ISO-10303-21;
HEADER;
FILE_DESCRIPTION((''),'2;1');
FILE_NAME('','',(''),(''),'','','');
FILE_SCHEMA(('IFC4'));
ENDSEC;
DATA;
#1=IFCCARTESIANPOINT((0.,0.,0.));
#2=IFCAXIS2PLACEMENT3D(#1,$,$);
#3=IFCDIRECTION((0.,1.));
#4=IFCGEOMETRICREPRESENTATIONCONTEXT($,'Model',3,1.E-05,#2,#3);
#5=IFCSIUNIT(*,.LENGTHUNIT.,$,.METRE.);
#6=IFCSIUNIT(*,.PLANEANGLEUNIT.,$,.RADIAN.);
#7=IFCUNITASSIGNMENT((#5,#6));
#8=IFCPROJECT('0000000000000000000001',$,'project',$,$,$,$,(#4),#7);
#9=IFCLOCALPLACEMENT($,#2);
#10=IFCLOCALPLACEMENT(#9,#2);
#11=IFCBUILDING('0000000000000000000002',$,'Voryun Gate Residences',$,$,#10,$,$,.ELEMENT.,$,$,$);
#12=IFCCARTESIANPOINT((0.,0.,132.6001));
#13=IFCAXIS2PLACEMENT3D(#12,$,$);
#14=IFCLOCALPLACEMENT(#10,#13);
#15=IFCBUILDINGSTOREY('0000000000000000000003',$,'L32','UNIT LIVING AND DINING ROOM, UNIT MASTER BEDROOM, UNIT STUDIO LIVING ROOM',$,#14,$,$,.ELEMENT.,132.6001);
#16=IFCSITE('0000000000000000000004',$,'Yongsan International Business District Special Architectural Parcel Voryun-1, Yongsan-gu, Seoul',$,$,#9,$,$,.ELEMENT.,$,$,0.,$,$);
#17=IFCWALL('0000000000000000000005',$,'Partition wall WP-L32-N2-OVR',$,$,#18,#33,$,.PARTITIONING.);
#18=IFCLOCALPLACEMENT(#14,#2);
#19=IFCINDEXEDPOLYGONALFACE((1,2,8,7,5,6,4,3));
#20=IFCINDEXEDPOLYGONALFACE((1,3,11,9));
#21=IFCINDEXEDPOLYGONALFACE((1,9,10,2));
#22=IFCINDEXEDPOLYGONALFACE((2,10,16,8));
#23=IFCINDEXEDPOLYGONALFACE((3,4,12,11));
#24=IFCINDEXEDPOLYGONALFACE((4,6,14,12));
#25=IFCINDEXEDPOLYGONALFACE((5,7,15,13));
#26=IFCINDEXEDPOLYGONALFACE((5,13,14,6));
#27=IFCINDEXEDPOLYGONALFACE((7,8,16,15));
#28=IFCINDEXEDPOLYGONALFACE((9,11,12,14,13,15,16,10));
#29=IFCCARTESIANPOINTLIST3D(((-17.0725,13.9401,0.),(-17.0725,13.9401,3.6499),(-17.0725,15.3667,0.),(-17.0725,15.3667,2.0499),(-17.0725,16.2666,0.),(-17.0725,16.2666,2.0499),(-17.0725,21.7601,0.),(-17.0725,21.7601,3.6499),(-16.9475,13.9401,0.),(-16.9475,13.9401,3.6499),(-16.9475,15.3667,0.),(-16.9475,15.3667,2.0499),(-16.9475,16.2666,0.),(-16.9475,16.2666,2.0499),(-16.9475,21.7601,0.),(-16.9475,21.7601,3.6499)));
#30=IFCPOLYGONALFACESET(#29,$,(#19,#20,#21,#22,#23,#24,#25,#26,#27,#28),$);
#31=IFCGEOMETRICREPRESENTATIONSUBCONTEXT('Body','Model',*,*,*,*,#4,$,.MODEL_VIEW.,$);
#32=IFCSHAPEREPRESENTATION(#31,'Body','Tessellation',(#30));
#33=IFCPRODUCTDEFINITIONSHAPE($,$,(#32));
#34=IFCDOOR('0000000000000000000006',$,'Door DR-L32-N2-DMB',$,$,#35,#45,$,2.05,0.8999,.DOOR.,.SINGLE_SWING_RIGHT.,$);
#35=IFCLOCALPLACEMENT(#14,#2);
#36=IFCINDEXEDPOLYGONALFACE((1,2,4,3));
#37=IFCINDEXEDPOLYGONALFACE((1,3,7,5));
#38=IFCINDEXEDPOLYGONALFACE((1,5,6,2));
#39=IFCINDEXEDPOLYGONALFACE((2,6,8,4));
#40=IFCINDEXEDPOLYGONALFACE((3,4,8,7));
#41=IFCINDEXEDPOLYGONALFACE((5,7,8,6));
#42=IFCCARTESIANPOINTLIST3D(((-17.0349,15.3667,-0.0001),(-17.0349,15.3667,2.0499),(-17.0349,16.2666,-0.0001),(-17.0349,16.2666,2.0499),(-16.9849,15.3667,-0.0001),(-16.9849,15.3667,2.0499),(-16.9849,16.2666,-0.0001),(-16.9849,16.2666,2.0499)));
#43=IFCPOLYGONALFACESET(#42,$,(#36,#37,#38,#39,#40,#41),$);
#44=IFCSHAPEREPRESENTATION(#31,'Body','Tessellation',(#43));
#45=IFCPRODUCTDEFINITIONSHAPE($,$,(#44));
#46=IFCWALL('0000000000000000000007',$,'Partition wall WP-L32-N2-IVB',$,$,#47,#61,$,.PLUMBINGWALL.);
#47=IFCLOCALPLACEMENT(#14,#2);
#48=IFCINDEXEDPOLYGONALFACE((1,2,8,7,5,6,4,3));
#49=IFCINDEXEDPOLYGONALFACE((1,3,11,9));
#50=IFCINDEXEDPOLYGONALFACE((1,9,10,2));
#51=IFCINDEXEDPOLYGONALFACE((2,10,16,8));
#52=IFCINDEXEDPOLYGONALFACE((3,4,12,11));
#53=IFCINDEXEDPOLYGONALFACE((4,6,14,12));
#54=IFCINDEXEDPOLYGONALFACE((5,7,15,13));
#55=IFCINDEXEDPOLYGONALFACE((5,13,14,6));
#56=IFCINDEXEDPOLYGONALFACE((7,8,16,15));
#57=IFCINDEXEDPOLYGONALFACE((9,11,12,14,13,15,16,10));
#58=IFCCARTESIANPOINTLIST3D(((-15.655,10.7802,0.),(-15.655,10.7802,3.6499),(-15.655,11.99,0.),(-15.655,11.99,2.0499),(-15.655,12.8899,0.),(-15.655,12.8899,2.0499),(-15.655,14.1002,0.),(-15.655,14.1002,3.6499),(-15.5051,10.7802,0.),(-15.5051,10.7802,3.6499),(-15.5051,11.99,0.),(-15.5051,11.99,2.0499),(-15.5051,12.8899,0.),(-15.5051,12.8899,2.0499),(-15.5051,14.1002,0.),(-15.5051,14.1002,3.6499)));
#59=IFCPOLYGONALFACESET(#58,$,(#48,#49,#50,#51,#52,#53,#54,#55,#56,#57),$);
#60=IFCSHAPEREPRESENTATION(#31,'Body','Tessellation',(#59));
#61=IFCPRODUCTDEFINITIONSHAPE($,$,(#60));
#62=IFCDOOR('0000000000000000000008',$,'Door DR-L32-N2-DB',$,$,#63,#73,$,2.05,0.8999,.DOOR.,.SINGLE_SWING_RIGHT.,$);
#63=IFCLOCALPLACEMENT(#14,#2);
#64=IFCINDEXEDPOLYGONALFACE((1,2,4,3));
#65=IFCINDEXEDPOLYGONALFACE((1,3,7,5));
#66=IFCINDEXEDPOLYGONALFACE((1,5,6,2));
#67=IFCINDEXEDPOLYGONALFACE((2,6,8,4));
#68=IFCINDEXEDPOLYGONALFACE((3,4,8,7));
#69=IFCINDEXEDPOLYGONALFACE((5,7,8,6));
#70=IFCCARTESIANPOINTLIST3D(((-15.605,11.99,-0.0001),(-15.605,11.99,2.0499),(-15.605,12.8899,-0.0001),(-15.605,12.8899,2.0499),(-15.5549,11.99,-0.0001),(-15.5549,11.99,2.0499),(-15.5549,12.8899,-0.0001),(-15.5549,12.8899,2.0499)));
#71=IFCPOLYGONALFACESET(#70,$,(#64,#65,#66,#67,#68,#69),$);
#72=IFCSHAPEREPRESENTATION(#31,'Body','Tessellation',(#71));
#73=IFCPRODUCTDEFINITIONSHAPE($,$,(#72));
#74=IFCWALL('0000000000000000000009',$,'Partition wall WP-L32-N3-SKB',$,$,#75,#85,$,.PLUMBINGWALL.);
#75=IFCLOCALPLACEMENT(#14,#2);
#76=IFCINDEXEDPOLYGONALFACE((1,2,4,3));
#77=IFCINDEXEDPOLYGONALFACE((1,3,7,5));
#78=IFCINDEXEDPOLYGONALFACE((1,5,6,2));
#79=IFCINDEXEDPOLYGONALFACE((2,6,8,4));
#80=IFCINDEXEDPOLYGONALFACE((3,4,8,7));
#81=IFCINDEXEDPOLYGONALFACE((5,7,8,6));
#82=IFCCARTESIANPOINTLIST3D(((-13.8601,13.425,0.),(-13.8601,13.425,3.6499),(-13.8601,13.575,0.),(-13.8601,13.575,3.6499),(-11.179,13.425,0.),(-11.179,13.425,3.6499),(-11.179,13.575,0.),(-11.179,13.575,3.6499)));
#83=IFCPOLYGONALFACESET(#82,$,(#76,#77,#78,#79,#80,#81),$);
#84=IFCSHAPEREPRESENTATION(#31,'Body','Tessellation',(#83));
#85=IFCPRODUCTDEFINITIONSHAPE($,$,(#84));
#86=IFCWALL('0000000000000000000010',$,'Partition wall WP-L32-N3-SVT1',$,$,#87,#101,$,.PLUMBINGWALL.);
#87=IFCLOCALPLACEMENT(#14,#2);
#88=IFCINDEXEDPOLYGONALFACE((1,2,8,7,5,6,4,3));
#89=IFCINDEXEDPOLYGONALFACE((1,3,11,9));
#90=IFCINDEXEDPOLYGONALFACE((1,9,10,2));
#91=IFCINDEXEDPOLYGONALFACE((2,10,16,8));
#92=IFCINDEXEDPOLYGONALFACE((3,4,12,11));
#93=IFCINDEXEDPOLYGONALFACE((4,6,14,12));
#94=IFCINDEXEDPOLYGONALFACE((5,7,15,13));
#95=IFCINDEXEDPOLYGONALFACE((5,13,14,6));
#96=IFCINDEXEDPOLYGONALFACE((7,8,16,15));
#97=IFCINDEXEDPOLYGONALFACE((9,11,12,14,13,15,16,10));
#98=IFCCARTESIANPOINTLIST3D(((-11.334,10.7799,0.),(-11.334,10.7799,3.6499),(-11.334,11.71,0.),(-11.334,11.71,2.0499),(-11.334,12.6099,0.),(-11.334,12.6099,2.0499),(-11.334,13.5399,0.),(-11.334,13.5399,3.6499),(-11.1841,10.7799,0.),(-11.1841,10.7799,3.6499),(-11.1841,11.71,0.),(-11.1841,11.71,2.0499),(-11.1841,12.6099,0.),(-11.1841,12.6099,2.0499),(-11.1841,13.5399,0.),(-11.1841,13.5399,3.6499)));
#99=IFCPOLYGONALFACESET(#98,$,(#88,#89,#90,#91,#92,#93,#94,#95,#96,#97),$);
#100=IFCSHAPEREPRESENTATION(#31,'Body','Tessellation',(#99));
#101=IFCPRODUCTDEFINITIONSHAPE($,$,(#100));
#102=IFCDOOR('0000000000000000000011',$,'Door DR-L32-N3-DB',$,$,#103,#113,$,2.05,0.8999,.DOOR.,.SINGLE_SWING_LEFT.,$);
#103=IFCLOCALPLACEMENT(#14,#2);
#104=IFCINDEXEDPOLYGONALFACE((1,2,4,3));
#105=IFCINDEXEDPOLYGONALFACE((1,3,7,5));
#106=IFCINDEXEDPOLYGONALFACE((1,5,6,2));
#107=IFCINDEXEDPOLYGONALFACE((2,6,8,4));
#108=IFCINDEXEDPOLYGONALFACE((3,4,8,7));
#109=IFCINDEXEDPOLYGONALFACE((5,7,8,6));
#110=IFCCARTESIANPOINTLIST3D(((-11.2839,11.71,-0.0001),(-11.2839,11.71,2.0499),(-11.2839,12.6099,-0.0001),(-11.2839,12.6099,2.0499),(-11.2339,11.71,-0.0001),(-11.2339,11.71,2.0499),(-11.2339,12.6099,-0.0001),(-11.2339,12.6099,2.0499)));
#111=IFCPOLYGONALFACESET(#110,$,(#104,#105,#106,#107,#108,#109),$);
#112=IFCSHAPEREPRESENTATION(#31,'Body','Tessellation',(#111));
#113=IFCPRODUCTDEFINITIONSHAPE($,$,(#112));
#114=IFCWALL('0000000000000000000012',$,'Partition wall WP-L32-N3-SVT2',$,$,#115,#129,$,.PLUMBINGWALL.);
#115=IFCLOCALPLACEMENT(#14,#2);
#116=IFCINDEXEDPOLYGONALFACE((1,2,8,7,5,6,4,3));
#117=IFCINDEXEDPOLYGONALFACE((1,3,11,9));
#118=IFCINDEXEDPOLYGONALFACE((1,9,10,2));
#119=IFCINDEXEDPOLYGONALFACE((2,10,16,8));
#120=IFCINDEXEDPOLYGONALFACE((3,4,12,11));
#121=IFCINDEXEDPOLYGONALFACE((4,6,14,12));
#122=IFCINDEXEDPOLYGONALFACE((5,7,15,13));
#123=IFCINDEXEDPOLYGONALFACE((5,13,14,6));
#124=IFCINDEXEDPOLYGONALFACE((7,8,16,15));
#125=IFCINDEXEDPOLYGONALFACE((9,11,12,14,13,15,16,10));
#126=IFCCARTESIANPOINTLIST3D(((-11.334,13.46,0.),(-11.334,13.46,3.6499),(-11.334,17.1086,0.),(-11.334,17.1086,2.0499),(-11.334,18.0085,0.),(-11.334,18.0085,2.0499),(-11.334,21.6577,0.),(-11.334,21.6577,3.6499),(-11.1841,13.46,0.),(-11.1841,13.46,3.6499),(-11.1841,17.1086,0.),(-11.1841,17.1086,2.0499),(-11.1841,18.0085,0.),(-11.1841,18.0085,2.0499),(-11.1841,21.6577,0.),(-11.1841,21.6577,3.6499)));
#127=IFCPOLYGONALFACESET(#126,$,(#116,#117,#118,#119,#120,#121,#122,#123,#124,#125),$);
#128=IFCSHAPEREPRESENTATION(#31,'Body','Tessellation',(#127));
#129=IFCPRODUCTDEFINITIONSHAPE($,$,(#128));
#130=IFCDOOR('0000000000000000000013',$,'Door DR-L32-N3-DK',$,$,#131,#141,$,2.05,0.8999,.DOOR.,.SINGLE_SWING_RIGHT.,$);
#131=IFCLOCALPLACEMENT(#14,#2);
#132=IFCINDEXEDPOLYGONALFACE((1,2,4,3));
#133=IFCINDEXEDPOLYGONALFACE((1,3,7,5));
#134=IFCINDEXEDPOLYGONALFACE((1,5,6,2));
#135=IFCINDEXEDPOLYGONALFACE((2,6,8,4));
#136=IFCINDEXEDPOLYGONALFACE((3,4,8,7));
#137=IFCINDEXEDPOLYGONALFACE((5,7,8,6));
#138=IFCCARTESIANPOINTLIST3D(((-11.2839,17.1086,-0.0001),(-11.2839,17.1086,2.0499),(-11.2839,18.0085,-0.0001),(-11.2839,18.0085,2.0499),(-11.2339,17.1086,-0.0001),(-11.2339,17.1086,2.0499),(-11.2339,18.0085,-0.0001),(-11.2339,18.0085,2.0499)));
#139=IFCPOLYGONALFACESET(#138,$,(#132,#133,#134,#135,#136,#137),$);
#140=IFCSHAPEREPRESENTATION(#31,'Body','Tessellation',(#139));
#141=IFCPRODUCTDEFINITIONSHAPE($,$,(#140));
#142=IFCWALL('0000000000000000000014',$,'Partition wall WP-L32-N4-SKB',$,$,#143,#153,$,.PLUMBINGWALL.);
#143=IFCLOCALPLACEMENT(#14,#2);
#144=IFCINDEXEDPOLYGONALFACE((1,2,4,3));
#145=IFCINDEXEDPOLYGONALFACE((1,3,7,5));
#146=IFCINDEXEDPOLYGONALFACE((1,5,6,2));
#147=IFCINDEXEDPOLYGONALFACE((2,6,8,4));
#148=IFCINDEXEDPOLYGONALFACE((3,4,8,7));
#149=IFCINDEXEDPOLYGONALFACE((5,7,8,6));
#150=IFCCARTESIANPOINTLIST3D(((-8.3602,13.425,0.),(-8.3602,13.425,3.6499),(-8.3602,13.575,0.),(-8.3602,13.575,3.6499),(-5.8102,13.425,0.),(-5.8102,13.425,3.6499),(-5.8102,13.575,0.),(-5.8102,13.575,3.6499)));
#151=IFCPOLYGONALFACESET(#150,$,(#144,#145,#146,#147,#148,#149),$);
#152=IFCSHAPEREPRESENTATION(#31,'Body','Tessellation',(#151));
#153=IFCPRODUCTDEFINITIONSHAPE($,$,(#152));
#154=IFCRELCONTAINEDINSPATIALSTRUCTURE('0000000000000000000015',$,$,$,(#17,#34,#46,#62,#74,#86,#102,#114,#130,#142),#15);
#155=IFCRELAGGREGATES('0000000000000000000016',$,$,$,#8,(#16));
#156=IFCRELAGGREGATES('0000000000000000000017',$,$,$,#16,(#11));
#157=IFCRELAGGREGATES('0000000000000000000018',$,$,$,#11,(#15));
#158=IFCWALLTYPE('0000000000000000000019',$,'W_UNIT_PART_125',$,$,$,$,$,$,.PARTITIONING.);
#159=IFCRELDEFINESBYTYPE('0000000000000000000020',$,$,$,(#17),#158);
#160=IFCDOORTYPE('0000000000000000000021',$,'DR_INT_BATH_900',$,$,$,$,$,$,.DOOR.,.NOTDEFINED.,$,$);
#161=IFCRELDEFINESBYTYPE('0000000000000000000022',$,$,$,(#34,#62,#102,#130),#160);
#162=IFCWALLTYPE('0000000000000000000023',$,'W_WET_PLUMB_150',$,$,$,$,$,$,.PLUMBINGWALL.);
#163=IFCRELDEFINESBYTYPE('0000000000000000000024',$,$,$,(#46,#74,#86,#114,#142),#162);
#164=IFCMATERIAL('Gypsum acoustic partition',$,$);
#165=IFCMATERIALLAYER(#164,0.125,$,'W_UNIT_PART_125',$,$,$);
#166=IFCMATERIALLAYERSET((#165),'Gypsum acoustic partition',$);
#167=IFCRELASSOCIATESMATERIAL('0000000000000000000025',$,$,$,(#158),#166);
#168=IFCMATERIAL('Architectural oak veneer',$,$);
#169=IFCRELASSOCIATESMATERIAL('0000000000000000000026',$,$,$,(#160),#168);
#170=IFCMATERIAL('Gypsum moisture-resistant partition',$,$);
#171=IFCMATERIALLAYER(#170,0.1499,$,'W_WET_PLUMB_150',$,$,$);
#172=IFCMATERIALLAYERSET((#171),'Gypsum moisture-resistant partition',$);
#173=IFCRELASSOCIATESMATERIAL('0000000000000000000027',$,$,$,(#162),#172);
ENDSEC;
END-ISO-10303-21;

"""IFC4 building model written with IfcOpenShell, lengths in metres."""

from ifc_helpers import new_model, si_unit, direction, frame, frame_2d, origin, place, context, subcontext, project, spatial, rectangle, extrude, material, layer, layer_set, type_object, element, fill, save


model = new_model("IFC4")

# Units and contexts
model_context = context("Model", 3, precision=1e-05, world=origin(), true_north=direction((0.0, 1.0)))
body_context = subcontext(model_context, "Body", "Model", "MODEL_VIEW")
ifc_project = project(units=[si_unit("LENGTHUNIT", "METRE"), si_unit("PLANEANGLEUNIT", "RADIAN")], contexts=[model_context])

# Site, building, storey
site_placement = place(None, origin())
site = spatial("IfcSite", under=ifc_project, at=site_placement, Name="Yongsan International Business District Special Architectural Parcel Voryun-1, Yongsan-gu, Seoul", CompositionType="ELEMENT", RefElevation=0.0)
building_placement = place(site_placement, origin())
building = spatial("IfcBuilding", under=site, at=building_placement, Name="Voryun Gate Residences", CompositionType="ELEMENT")
storey_placement = place(building_placement, frame((0.0, 0.0, 132.6001)))
storey = spatial("IfcBuildingStorey", under=building, at=storey_placement, Name="L32", Description="UNIT LIVING AND DINING ROOM, UNIT MASTER BEDROOM, UNIT STUDIO LIVING ROOM", CompositionType="ELEMENT", Elevation=132.6001)

# Walls, openings, doors
ifc_material_1 = material(Name="Gypsum acoustic partition")
ifc_layer_1 = layer(ifc_material_1, 0.125, Name="W_UNIT_PART_125")
ifc_layer_set_1 = layer_set([ifc_layer_1], Name="Gypsum acoustic partition")
wall_type_1 = type_object("IfcWallType", Name="W_UNIT_PART_125", PredefinedType="PARTITIONING", material=ifc_layer_set_1)
wall_1_placement = place(storey_placement, frame((-17.01, 13.9399, 0.0), z_axis=(0.0, 0.0, 1.0), x_axis=(0.0, 1.0, 0.0)))
wall_1 = element("IfcWall", 1, at=wall_1_placement, inside=storey, type_object=wall_type_1, Name="Partition wall WP-L32-N2-OVR", PredefinedType="PARTITIONING", context=body_context, shape_type="SweptSolid", body=[
    extrude(rectangle(XDim=7.8201, YDim=0.125, at=frame_2d((3.9102, 0.0))), origin(), (0.0, 0.0, 1.0), 3.6499),
])
opening_1_placement = place(wall_1_placement, frame((1.4268, 0.0, 0.0)))
opening_1 = element("IfcOpeningElement", 2, at=opening_1_placement, cuts=wall_1, PredefinedType="OPENING", context=body_context, shape_type="SweptSolid", body=[
    extrude(rectangle(XDim=0.8999, YDim=2.05, at=frame_2d((0.45, 1.0249))), frame((0.0, 0.0725, 0.0), z_axis=(0.0, -1.0, 0.0), x_axis=(1.0, 0.0, 0.0)), (0.0, 0.0, 1.0), 0.145),
])
ifc_material_2 = material(Name="Architectural oak veneer")
door_type_1 = type_object("IfcDoorType", Name="DR_INT_BATH_900", OperationType="NOTDEFINED", PredefinedType="DOOR", material=ifc_material_2)
door_1_placement = place(opening_1_placement, origin())
door_1 = element("IfcDoor", 3, at=door_1_placement, inside=storey, type_object=door_type_1, Name="Door DR-L32-N2-DMB", OperationType="SINGLE_SWING_RIGHT", OverallHeight=2.05, OverallWidth=0.8999, PredefinedType="DOOR", context=body_context, shape_type="SweptSolid", body=[
    extrude(rectangle(XDim=0.8999, YDim=2.05, at=frame_2d((0.45, 1.0249))), frame((0.0, 0.0249, 0.0), z_axis=(0.0, -1.0, 0.0), x_axis=(1.0, 0.0, 0.0)), (0.0, 0.0, 1.0), 0.05),
])
fill(opening_1, door_1)
ifc_material_3 = material(Name="Gypsum moisture-resistant partition")
ifc_layer_2 = layer(ifc_material_3, 0.1499, Name="W_WET_PLUMB_150")
ifc_layer_set_2 = layer_set([ifc_layer_2], Name="Gypsum moisture-resistant partition")
wall_type_2 = type_object("IfcWallType", Name="W_WET_PLUMB_150", PredefinedType="PLUMBINGWALL", material=ifc_layer_set_2)
wall_2_placement = place(storey_placement, frame((-15.5801, 10.78, 0.0), z_axis=(0.0, 0.0, 1.0), x_axis=(0.0, 1.0, 0.0)))
wall_2 = element("IfcWall", 4, at=wall_2_placement, inside=storey, type_object=wall_type_2, Name="Partition wall WP-L32-N2-IVB", PredefinedType="PLUMBINGWALL", context=body_context, shape_type="SweptSolid", body=[
    extrude(rectangle(XDim=3.3201, YDim=0.1499, at=frame_2d((1.6602, 0.0))), origin(), (0.0, 0.0, 1.0), 3.6499),
])
opening_2_placement = place(wall_2_placement, frame((1.21, 0.0, 0.0)))
opening_2 = element("IfcOpeningElement", 5, at=opening_2_placement, cuts=wall_2, PredefinedType="OPENING", context=body_context, shape_type="SweptSolid", body=[
    extrude(rectangle(XDim=0.8999, YDim=2.05, at=frame_2d((0.45, 1.0249))), frame((0.0, 0.085, 0.0), z_axis=(0.0, -1.0, 0.0), x_axis=(1.0, 0.0, 0.0)), (0.0, 0.0, 1.0), 0.1699),
])
door_2_placement = place(opening_2_placement, origin())
door_2 = element("IfcDoor", 6, at=door_2_placement, inside=storey, type_object=door_type_1, Name="Door DR-L32-N2-DB", OperationType="SINGLE_SWING_RIGHT", OverallHeight=2.05, OverallWidth=0.8999, PredefinedType="DOOR", context=body_context, shape_type="SweptSolid", body=[
    extrude(rectangle(XDim=0.8999, YDim=2.05, at=frame_2d((0.45, 1.0249))), frame((0.0, 0.0249, 0.0), z_axis=(0.0, -1.0, 0.0), x_axis=(1.0, 0.0, 0.0)), (0.0, 0.0, 1.0), 0.05),
])
fill(opening_2, door_2)

# Wall
wall_3_placement = place(storey_placement, frame((-13.8601, 13.5, 0.0), z_axis=(0.0, 0.0, 1.0), x_axis=(1.0, 0.0, 0.0)))
element("IfcWall", 7, at=wall_3_placement, inside=storey, type_object=wall_type_2, Name="Partition wall WP-L32-N3-SKB", PredefinedType="PLUMBINGWALL", context=body_context, shape_type="SweptSolid", body=[
    extrude(rectangle(XDim=2.6812, YDim=0.1499, at=frame_2d((1.3406, 0.0))), origin(), (0.0, 0.0, 1.0), 3.6499),
])

# Walls, openings, doors
wall_4_placement = place(storey_placement, frame((-11.259, 10.78, 0.0), z_axis=(0.0, 0.0, 1.0), x_axis=(0.0, 1.0, 0.0)))
wall_4 = element("IfcWall", 8, at=wall_4_placement, inside=storey, type_object=wall_type_2, Name="Partition wall WP-L32-N3-SVT1", PredefinedType="PLUMBINGWALL", context=body_context, shape_type="SweptSolid", body=[
    extrude(rectangle(XDim=2.76, YDim=0.1499, at=frame_2d((1.3799, 0.0))), origin(), (0.0, 0.0, 1.0), 3.6499),
])
opening_3_placement = place(wall_4_placement, frame((0.9299, 0.0, 0.0)))
opening_3 = element("IfcOpeningElement", 9, at=opening_3_placement, cuts=wall_4, PredefinedType="OPENING", context=body_context, shape_type="SweptSolid", body=[
    extrude(rectangle(XDim=0.8999, YDim=2.05, at=frame_2d((0.45, 1.0249))), frame((0.0, 0.085, 0.0), z_axis=(0.0, -1.0, 0.0), x_axis=(1.0, 0.0, 0.0)), (0.0, 0.0, 1.0), 0.1699),
])
door_3_placement = place(opening_3_placement, origin())
door_3 = element("IfcDoor", 10, at=door_3_placement, inside=storey, type_object=door_type_1, Name="Door DR-L32-N3-DB", OperationType="SINGLE_SWING_LEFT", OverallHeight=2.05, OverallWidth=0.8999, PredefinedType="DOOR", context=body_context, shape_type="SweptSolid", body=[
    extrude(rectangle(XDim=0.8999, YDim=2.05, at=frame_2d((0.45, 1.0249))), frame((0.0, 0.0249, 0.0), z_axis=(0.0, -1.0, 0.0), x_axis=(1.0, 0.0, 0.0)), (0.0, 0.0, 1.0), 0.05),
])
fill(opening_3, door_3)
wall_5_placement = place(storey_placement, frame((-11.259, 13.46, 0.0), z_axis=(0.0, 0.0, 1.0), x_axis=(0.0, 1.0, 0.0)))
wall_5 = element("IfcWall", 11, at=wall_5_placement, inside=storey, type_object=wall_type_2, Name="Partition wall WP-L32-N3-SVT2", PredefinedType="PLUMBINGWALL", context=body_context, shape_type="SweptSolid", body=[
    extrude(rectangle(XDim=8.1978, YDim=0.1499, at=frame_2d((4.0989, 0.0))), origin(), (0.0, 0.0, 1.0), 3.6499),
])
opening_4_placement = place(wall_5_placement, frame((3.6487, 0.0, 0.0)))
opening_4 = element("IfcOpeningElement", 12, at=opening_4_placement, cuts=wall_5, PredefinedType="OPENING", context=body_context, shape_type="SweptSolid", body=[
    extrude(rectangle(XDim=0.8999, YDim=2.05, at=frame_2d((0.45, 1.0249))), frame((0.0, 0.085, 0.0), z_axis=(0.0, -1.0, 0.0), x_axis=(1.0, 0.0, 0.0)), (0.0, 0.0, 1.0), 0.1699),
])
door_4_placement = place(opening_4_placement, origin())
door_4 = element("IfcDoor", 13, at=door_4_placement, inside=storey, type_object=door_type_1, Name="Door DR-L32-N3-DK", OperationType="SINGLE_SWING_RIGHT", OverallHeight=2.05, OverallWidth=0.8999, PredefinedType="DOOR", context=body_context, shape_type="SweptSolid", body=[
    extrude(rectangle(XDim=0.8999, YDim=2.05, at=frame_2d((0.45, 1.0249))), frame((0.0, 0.0249, 0.0), z_axis=(0.0, -1.0, 0.0), x_axis=(1.0, 0.0, 0.0)), (0.0, 0.0, 1.0), 0.05),
])
fill(opening_4, door_4)

# Wall
wall_6_placement = place(storey_placement, frame((-8.3601, 13.5, 0.0), z_axis=(0.0, 0.0, 1.0), x_axis=(1.0, 0.0, 0.0)))
element("IfcWall", 14, at=wall_6_placement, inside=storey, type_object=wall_type_2, Name="Partition wall WP-L32-N4-SKB", PredefinedType="PLUMBINGWALL", context=body_context, shape_type="SweptSolid", body=[
    extrude(rectangle(XDim=2.55, YDim=0.1499, at=frame_2d((1.2749, 0.0))), origin(), (0.0, 0.0, 1.0), 3.6499),
])

save(model, "model.ifc")
